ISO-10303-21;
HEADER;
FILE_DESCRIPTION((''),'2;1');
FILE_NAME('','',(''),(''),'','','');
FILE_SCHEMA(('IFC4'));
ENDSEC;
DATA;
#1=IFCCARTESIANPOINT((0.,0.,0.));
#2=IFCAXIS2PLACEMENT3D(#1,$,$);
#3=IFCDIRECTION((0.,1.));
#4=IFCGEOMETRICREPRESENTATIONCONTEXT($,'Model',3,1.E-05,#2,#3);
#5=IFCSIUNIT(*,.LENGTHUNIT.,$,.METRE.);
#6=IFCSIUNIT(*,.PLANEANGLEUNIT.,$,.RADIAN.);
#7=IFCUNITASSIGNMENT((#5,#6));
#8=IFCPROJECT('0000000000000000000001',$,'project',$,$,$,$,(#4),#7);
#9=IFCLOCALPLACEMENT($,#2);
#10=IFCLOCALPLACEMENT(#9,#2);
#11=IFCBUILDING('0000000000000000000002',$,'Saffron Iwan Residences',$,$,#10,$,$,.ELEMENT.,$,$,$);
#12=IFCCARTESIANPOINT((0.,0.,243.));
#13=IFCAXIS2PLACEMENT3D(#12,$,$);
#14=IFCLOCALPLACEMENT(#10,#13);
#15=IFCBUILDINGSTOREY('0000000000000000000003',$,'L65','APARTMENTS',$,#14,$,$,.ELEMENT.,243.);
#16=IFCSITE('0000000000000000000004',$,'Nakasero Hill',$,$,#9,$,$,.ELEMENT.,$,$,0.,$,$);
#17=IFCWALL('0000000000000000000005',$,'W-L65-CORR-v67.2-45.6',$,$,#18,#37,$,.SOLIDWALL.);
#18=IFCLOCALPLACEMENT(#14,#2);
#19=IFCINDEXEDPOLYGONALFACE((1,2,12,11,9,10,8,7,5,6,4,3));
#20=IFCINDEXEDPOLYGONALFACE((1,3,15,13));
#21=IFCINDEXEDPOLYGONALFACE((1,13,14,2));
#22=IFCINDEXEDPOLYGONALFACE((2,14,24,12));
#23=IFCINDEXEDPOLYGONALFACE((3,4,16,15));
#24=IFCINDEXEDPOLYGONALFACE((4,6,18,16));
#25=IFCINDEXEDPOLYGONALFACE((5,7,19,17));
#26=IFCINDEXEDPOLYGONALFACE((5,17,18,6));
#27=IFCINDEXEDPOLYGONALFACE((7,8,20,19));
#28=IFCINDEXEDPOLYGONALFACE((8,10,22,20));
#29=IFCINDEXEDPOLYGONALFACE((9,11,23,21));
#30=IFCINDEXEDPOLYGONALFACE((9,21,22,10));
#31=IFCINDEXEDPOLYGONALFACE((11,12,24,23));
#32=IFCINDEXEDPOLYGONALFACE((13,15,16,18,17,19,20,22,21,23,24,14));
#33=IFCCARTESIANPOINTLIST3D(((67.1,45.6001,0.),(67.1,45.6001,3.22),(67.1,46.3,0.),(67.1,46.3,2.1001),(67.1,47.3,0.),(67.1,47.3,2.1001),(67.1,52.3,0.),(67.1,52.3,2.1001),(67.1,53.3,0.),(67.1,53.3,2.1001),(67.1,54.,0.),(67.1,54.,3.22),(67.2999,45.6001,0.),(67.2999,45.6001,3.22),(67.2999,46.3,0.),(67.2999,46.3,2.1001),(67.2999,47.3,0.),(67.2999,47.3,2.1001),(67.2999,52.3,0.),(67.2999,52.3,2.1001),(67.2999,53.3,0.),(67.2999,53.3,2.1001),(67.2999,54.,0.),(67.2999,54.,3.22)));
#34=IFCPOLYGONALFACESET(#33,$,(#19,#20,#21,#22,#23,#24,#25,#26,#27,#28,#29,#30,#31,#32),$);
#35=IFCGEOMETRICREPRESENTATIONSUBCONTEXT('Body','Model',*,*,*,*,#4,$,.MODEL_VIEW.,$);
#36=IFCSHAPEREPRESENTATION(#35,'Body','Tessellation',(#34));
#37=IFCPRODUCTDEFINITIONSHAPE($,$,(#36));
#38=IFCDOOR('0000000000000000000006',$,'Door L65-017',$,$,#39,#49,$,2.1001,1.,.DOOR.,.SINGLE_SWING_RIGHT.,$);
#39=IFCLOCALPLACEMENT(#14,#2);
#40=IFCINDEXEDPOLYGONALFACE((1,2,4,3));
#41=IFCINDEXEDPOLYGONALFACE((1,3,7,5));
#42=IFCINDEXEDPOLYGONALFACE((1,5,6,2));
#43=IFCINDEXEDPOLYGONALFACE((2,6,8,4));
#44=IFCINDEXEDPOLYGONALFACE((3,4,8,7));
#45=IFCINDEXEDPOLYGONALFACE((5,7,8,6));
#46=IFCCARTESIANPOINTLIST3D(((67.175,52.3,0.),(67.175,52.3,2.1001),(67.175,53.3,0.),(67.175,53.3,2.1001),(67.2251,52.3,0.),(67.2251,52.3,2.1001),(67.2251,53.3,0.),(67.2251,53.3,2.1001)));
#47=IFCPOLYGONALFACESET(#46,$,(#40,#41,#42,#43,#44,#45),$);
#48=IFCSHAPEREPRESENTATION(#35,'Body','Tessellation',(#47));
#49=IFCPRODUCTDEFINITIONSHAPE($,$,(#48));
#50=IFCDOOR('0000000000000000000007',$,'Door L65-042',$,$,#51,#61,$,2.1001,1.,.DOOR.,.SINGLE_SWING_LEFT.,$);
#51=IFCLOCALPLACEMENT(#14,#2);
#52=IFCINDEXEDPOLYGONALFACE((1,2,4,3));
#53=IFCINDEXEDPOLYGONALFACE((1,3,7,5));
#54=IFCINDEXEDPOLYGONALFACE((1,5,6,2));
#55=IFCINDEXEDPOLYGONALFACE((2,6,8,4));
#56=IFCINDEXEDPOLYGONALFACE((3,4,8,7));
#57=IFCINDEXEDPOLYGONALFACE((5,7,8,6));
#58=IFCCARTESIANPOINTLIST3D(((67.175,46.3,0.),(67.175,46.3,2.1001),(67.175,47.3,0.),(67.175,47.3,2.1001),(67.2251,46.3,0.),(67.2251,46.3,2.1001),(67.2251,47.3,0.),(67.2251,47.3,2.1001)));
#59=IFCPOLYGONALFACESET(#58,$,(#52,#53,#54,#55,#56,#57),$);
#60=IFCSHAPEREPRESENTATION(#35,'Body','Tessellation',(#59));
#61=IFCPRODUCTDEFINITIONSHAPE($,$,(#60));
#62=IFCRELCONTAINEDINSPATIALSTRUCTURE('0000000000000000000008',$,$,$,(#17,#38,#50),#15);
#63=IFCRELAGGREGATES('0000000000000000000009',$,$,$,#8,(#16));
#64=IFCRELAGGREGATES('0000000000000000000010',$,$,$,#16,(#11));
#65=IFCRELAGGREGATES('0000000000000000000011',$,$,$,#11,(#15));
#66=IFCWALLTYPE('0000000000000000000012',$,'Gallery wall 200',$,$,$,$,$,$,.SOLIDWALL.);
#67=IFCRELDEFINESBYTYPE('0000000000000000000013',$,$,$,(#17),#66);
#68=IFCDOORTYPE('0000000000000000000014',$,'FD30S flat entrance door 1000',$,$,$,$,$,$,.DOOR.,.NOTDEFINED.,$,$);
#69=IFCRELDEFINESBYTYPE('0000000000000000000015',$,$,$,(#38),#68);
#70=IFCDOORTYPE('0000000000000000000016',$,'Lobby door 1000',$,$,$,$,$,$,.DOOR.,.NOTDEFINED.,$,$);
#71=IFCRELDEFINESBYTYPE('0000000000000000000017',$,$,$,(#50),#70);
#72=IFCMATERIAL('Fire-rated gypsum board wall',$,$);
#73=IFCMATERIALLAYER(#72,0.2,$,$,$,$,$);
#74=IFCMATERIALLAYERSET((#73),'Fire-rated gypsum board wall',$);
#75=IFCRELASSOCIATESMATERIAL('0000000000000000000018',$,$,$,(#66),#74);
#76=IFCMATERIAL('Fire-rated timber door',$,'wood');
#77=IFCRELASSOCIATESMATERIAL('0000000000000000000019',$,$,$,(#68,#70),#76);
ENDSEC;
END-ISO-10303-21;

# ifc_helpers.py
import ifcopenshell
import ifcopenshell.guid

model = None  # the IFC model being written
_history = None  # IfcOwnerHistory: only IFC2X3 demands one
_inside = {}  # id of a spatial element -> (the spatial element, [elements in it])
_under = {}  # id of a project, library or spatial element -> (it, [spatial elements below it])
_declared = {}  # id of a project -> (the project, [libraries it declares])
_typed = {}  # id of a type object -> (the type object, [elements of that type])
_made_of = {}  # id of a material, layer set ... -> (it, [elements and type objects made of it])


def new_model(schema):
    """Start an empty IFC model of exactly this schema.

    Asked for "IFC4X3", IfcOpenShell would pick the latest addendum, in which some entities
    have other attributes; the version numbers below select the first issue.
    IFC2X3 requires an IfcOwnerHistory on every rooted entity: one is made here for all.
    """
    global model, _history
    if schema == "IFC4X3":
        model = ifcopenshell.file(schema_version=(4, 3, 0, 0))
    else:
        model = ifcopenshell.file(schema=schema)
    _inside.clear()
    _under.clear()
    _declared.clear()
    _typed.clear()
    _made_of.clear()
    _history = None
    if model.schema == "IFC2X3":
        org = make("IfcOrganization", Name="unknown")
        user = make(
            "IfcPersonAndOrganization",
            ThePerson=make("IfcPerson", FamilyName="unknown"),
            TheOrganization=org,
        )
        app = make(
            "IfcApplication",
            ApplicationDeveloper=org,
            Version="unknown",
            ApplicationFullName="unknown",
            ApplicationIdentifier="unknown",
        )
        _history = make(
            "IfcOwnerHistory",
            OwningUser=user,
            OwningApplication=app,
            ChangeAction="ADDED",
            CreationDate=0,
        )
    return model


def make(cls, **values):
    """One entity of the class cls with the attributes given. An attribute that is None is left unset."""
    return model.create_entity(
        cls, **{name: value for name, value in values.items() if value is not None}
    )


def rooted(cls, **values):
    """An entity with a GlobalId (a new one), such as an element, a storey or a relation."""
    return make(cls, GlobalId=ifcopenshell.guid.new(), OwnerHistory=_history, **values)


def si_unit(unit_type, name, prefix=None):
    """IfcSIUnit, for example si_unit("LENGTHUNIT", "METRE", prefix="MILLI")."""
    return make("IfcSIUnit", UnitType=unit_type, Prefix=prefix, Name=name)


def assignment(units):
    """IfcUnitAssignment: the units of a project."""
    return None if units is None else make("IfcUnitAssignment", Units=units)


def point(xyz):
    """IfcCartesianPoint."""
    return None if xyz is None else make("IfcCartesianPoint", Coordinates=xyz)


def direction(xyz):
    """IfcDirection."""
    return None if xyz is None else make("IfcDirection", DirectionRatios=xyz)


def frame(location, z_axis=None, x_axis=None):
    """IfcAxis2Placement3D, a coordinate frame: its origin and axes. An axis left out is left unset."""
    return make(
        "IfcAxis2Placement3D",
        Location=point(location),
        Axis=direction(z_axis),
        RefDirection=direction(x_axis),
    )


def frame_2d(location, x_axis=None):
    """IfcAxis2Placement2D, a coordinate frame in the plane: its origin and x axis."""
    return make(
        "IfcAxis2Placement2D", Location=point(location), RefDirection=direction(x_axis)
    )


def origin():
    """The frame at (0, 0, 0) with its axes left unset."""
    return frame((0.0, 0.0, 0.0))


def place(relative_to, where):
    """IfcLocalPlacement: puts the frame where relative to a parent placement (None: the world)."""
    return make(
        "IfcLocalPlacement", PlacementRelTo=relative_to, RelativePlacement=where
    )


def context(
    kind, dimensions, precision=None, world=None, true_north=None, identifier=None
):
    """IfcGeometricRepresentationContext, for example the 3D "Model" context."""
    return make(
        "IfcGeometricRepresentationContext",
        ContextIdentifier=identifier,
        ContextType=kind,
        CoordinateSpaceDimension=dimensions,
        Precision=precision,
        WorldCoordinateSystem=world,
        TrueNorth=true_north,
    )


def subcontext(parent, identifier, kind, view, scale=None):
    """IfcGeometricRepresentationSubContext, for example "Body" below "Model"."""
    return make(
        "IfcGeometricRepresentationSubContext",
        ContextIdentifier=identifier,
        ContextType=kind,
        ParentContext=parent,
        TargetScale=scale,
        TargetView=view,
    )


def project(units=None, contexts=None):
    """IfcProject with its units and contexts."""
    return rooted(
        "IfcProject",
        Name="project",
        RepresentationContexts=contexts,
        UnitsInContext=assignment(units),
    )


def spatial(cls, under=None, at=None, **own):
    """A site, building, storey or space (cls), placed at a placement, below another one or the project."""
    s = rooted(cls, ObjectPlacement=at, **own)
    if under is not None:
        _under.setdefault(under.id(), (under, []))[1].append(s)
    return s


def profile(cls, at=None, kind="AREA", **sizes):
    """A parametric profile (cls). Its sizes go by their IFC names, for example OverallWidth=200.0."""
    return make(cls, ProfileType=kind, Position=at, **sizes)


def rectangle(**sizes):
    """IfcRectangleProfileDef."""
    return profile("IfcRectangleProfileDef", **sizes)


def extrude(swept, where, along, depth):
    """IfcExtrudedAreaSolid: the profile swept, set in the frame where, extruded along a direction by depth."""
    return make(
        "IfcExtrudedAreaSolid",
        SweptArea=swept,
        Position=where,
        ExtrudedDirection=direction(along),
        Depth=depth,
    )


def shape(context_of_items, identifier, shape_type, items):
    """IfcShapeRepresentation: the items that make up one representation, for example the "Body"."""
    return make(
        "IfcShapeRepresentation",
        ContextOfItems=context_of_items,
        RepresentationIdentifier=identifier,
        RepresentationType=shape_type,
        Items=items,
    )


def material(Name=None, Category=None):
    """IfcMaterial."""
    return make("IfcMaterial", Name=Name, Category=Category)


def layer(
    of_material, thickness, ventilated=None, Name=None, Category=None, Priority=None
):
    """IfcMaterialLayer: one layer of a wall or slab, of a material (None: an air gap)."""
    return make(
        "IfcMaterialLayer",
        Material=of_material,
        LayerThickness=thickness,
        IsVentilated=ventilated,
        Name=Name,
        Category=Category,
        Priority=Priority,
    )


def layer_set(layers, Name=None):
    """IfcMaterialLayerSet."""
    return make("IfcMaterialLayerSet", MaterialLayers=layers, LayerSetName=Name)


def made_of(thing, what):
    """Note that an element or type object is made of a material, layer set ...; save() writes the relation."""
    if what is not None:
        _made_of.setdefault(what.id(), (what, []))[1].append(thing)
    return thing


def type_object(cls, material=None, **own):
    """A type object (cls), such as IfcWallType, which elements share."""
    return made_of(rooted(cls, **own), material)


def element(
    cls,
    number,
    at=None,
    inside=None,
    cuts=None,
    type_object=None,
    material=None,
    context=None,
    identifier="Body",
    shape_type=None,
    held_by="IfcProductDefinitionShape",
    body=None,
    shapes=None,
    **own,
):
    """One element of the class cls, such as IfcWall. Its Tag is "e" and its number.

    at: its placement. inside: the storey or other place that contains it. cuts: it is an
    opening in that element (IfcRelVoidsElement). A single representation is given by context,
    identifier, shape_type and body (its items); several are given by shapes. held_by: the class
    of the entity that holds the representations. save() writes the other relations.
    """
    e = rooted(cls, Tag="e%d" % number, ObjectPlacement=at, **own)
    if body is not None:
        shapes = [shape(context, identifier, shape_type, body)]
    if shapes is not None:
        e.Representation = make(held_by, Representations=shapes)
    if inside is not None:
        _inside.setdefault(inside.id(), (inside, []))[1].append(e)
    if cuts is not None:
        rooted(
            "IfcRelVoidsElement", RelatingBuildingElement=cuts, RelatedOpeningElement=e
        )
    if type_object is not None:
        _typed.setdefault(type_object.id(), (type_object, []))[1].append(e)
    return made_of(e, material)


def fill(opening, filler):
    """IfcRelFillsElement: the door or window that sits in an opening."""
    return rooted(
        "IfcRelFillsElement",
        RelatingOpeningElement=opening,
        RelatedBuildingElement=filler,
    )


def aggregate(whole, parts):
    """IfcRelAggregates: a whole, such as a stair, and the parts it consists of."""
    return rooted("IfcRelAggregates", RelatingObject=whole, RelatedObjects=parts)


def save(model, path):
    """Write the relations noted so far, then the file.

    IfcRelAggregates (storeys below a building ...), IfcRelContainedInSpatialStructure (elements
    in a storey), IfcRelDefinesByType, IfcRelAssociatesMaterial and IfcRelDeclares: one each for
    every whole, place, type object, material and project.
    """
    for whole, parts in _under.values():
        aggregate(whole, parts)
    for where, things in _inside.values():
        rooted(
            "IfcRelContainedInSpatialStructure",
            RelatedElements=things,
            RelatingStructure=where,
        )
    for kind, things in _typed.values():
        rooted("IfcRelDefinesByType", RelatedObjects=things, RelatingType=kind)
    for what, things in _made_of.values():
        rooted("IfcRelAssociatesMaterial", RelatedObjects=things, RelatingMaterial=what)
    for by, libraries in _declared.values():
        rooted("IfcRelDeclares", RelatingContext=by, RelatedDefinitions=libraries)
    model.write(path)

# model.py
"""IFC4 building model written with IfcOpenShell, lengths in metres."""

from ifc_helpers import new_model, si_unit, direction, frame, frame_2d, origin, place, context, subcontext, project, spatial, rectangle, extrude, material, layer, layer_set, type_object, element, fill, save


model = new_model("IFC4")

# Units and contexts
model_context = context("Model", 3, precision=1e-05, world=origin(), true_north=direction((0.0, 1.0)))
body_context = subcontext(model_context, "Body", "Model", "MODEL_VIEW")
ifc_project = project(units=[si_unit("LENGTHUNIT", "METRE"), si_unit("PLANEANGLEUNIT", "RADIAN")], contexts=[model_context])

# Site, building, storey
site_placement = place(None, origin())
site = spatial("IfcSite", under=ifc_project, at=site_placement, Name="Nakasero Hill", CompositionType="ELEMENT", RefElevation=0.0)
building_placement = place(site_placement, origin())
building = spatial("IfcBuilding", under=site, at=building_placement, Name="Saffron Iwan Residences", CompositionType="ELEMENT")
storey_placement = place(building_placement, frame((0.0, 0.0, 243.0)))
storey = spatial("IfcBuildingStorey", under=building, at=storey_placement, Name="L65", Description="APARTMENTS", CompositionType="ELEMENT", Elevation=243.0)

# Shared definitions
ifc_material_1 = material(Name="Fire-rated gypsum board wall")

# Wall, openings, doors
ifc_layer_1 = layer(ifc_material_1, 0.2)
ifc_layer_set_1 = layer_set([ifc_layer_1], Name="Fire-rated gypsum board wall")
wall_type_1 = type_object("IfcWallType", Name="Gallery wall 200", PredefinedType="SOLIDWALL", material=ifc_layer_set_1)
wall_1_placement = place(storey_placement, frame((67.2, 45.6001, 0.0), z_axis=(0.0, 0.0, 1.0), x_axis=(0.0, 1.0, 0.0)))
wall_1 = element("IfcWall", 1, at=wall_1_placement, inside=storey, type_object=wall_type_1, Name="W-L65-CORR-v67.2-45.6", PredefinedType="SOLIDWALL", context=body_context, shape_type="SweptSolid", body=[
    extrude(rectangle(XDim=8.3999, YDim=0.2, at=frame_2d((4.2, 0.0))), origin(), (0.0, 0.0, 1.0), 3.22),
])
opening_1_placement = place(wall_1_placement, frame((6.7, 0.0, 0.0)))
opening_1 = element("IfcOpeningElement", 2, at=opening_1_placement, cuts=wall_1, PredefinedType="OPENING", context=body_context, shape_type="SweptSolid", body=[
    extrude(rectangle(XDim=1.0, YDim=2.1001, at=frame_2d((0.5, 1.05))), frame((0.0, 0.1099, 0.0), z_axis=(0.0, -1.0, 0.0), x_axis=(1.0, 0.0, 0.0)), (0.0, 0.0, 1.0), 0.22),
])
opening_2_placement = place(wall_1_placement, frame((0.7, 0.0, 0.0)))
opening_2 = element("IfcOpeningElement", 3, at=opening_2_placement, cuts=wall_1, PredefinedType="OPENING", context=body_context, shape_type="SweptSolid", body=[
    extrude(rectangle(XDim=1.0, YDim=2.1001, at=frame_2d((0.5, 1.05))), frame((0.0, 0.1099, 0.0), z_axis=(0.0, -1.0, 0.0), x_axis=(1.0, 0.0, 0.0)), (0.0, 0.0, 1.0), 0.22),
])
ifc_material_2 = material(Name="Fire-rated timber door", Category="wood")
door_type_1 = type_object("IfcDoorType", Name="FD30S flat entrance door 1000", OperationType="NOTDEFINED", PredefinedType="DOOR", material=ifc_material_2)
door_1_placement = place(opening_1_placement, origin())
door_1 = element("IfcDoor", 4, at=door_1_placement, inside=storey, type_object=door_type_1, Name="Door L65-017", OperationType="SINGLE_SWING_RIGHT", OverallHeight=2.1001, OverallWidth=1.0, PredefinedType="DOOR", context=body_context, shape_type="SweptSolid", body=[
    extrude(rectangle(XDim=1.0, YDim=2.1001, at=frame_2d((0.5, 1.05))), frame((0.0, 0.0249, 0.0), z_axis=(0.0, -1.0, 0.0), x_axis=(1.0, 0.0, 0.0)), (0.0, 0.0, 1.0), 0.05),
])
fill(opening_1, door_1)
door_type_2 = type_object("IfcDoorType", Name="Lobby door 1000", OperationType="NOTDEFINED", PredefinedType="DOOR", material=ifc_material_2)
door_2_placement = place(opening_2_placement, origin())
door_2 = element("IfcDoor", 5, at=door_2_placement, inside=storey, type_object=door_type_2, Name="Door L65-042", OperationType="SINGLE_SWING_LEFT", OverallHeight=2.1001, OverallWidth=1.0, PredefinedType="DOOR", context=body_context, shape_type="SweptSolid", body=[
    extrude(rectangle(XDim=1.0, YDim=2.1001, at=frame_2d((0.5, 1.05))), frame((0.0, 0.0249, 0.0), z_axis=(0.0, -1.0, 0.0), x_axis=(1.0, 0.0, 0.0)), (0.0, 0.0, 1.0), 0.05),
])
fill(opening_2, door_2)

save(model, "model.ifc")
